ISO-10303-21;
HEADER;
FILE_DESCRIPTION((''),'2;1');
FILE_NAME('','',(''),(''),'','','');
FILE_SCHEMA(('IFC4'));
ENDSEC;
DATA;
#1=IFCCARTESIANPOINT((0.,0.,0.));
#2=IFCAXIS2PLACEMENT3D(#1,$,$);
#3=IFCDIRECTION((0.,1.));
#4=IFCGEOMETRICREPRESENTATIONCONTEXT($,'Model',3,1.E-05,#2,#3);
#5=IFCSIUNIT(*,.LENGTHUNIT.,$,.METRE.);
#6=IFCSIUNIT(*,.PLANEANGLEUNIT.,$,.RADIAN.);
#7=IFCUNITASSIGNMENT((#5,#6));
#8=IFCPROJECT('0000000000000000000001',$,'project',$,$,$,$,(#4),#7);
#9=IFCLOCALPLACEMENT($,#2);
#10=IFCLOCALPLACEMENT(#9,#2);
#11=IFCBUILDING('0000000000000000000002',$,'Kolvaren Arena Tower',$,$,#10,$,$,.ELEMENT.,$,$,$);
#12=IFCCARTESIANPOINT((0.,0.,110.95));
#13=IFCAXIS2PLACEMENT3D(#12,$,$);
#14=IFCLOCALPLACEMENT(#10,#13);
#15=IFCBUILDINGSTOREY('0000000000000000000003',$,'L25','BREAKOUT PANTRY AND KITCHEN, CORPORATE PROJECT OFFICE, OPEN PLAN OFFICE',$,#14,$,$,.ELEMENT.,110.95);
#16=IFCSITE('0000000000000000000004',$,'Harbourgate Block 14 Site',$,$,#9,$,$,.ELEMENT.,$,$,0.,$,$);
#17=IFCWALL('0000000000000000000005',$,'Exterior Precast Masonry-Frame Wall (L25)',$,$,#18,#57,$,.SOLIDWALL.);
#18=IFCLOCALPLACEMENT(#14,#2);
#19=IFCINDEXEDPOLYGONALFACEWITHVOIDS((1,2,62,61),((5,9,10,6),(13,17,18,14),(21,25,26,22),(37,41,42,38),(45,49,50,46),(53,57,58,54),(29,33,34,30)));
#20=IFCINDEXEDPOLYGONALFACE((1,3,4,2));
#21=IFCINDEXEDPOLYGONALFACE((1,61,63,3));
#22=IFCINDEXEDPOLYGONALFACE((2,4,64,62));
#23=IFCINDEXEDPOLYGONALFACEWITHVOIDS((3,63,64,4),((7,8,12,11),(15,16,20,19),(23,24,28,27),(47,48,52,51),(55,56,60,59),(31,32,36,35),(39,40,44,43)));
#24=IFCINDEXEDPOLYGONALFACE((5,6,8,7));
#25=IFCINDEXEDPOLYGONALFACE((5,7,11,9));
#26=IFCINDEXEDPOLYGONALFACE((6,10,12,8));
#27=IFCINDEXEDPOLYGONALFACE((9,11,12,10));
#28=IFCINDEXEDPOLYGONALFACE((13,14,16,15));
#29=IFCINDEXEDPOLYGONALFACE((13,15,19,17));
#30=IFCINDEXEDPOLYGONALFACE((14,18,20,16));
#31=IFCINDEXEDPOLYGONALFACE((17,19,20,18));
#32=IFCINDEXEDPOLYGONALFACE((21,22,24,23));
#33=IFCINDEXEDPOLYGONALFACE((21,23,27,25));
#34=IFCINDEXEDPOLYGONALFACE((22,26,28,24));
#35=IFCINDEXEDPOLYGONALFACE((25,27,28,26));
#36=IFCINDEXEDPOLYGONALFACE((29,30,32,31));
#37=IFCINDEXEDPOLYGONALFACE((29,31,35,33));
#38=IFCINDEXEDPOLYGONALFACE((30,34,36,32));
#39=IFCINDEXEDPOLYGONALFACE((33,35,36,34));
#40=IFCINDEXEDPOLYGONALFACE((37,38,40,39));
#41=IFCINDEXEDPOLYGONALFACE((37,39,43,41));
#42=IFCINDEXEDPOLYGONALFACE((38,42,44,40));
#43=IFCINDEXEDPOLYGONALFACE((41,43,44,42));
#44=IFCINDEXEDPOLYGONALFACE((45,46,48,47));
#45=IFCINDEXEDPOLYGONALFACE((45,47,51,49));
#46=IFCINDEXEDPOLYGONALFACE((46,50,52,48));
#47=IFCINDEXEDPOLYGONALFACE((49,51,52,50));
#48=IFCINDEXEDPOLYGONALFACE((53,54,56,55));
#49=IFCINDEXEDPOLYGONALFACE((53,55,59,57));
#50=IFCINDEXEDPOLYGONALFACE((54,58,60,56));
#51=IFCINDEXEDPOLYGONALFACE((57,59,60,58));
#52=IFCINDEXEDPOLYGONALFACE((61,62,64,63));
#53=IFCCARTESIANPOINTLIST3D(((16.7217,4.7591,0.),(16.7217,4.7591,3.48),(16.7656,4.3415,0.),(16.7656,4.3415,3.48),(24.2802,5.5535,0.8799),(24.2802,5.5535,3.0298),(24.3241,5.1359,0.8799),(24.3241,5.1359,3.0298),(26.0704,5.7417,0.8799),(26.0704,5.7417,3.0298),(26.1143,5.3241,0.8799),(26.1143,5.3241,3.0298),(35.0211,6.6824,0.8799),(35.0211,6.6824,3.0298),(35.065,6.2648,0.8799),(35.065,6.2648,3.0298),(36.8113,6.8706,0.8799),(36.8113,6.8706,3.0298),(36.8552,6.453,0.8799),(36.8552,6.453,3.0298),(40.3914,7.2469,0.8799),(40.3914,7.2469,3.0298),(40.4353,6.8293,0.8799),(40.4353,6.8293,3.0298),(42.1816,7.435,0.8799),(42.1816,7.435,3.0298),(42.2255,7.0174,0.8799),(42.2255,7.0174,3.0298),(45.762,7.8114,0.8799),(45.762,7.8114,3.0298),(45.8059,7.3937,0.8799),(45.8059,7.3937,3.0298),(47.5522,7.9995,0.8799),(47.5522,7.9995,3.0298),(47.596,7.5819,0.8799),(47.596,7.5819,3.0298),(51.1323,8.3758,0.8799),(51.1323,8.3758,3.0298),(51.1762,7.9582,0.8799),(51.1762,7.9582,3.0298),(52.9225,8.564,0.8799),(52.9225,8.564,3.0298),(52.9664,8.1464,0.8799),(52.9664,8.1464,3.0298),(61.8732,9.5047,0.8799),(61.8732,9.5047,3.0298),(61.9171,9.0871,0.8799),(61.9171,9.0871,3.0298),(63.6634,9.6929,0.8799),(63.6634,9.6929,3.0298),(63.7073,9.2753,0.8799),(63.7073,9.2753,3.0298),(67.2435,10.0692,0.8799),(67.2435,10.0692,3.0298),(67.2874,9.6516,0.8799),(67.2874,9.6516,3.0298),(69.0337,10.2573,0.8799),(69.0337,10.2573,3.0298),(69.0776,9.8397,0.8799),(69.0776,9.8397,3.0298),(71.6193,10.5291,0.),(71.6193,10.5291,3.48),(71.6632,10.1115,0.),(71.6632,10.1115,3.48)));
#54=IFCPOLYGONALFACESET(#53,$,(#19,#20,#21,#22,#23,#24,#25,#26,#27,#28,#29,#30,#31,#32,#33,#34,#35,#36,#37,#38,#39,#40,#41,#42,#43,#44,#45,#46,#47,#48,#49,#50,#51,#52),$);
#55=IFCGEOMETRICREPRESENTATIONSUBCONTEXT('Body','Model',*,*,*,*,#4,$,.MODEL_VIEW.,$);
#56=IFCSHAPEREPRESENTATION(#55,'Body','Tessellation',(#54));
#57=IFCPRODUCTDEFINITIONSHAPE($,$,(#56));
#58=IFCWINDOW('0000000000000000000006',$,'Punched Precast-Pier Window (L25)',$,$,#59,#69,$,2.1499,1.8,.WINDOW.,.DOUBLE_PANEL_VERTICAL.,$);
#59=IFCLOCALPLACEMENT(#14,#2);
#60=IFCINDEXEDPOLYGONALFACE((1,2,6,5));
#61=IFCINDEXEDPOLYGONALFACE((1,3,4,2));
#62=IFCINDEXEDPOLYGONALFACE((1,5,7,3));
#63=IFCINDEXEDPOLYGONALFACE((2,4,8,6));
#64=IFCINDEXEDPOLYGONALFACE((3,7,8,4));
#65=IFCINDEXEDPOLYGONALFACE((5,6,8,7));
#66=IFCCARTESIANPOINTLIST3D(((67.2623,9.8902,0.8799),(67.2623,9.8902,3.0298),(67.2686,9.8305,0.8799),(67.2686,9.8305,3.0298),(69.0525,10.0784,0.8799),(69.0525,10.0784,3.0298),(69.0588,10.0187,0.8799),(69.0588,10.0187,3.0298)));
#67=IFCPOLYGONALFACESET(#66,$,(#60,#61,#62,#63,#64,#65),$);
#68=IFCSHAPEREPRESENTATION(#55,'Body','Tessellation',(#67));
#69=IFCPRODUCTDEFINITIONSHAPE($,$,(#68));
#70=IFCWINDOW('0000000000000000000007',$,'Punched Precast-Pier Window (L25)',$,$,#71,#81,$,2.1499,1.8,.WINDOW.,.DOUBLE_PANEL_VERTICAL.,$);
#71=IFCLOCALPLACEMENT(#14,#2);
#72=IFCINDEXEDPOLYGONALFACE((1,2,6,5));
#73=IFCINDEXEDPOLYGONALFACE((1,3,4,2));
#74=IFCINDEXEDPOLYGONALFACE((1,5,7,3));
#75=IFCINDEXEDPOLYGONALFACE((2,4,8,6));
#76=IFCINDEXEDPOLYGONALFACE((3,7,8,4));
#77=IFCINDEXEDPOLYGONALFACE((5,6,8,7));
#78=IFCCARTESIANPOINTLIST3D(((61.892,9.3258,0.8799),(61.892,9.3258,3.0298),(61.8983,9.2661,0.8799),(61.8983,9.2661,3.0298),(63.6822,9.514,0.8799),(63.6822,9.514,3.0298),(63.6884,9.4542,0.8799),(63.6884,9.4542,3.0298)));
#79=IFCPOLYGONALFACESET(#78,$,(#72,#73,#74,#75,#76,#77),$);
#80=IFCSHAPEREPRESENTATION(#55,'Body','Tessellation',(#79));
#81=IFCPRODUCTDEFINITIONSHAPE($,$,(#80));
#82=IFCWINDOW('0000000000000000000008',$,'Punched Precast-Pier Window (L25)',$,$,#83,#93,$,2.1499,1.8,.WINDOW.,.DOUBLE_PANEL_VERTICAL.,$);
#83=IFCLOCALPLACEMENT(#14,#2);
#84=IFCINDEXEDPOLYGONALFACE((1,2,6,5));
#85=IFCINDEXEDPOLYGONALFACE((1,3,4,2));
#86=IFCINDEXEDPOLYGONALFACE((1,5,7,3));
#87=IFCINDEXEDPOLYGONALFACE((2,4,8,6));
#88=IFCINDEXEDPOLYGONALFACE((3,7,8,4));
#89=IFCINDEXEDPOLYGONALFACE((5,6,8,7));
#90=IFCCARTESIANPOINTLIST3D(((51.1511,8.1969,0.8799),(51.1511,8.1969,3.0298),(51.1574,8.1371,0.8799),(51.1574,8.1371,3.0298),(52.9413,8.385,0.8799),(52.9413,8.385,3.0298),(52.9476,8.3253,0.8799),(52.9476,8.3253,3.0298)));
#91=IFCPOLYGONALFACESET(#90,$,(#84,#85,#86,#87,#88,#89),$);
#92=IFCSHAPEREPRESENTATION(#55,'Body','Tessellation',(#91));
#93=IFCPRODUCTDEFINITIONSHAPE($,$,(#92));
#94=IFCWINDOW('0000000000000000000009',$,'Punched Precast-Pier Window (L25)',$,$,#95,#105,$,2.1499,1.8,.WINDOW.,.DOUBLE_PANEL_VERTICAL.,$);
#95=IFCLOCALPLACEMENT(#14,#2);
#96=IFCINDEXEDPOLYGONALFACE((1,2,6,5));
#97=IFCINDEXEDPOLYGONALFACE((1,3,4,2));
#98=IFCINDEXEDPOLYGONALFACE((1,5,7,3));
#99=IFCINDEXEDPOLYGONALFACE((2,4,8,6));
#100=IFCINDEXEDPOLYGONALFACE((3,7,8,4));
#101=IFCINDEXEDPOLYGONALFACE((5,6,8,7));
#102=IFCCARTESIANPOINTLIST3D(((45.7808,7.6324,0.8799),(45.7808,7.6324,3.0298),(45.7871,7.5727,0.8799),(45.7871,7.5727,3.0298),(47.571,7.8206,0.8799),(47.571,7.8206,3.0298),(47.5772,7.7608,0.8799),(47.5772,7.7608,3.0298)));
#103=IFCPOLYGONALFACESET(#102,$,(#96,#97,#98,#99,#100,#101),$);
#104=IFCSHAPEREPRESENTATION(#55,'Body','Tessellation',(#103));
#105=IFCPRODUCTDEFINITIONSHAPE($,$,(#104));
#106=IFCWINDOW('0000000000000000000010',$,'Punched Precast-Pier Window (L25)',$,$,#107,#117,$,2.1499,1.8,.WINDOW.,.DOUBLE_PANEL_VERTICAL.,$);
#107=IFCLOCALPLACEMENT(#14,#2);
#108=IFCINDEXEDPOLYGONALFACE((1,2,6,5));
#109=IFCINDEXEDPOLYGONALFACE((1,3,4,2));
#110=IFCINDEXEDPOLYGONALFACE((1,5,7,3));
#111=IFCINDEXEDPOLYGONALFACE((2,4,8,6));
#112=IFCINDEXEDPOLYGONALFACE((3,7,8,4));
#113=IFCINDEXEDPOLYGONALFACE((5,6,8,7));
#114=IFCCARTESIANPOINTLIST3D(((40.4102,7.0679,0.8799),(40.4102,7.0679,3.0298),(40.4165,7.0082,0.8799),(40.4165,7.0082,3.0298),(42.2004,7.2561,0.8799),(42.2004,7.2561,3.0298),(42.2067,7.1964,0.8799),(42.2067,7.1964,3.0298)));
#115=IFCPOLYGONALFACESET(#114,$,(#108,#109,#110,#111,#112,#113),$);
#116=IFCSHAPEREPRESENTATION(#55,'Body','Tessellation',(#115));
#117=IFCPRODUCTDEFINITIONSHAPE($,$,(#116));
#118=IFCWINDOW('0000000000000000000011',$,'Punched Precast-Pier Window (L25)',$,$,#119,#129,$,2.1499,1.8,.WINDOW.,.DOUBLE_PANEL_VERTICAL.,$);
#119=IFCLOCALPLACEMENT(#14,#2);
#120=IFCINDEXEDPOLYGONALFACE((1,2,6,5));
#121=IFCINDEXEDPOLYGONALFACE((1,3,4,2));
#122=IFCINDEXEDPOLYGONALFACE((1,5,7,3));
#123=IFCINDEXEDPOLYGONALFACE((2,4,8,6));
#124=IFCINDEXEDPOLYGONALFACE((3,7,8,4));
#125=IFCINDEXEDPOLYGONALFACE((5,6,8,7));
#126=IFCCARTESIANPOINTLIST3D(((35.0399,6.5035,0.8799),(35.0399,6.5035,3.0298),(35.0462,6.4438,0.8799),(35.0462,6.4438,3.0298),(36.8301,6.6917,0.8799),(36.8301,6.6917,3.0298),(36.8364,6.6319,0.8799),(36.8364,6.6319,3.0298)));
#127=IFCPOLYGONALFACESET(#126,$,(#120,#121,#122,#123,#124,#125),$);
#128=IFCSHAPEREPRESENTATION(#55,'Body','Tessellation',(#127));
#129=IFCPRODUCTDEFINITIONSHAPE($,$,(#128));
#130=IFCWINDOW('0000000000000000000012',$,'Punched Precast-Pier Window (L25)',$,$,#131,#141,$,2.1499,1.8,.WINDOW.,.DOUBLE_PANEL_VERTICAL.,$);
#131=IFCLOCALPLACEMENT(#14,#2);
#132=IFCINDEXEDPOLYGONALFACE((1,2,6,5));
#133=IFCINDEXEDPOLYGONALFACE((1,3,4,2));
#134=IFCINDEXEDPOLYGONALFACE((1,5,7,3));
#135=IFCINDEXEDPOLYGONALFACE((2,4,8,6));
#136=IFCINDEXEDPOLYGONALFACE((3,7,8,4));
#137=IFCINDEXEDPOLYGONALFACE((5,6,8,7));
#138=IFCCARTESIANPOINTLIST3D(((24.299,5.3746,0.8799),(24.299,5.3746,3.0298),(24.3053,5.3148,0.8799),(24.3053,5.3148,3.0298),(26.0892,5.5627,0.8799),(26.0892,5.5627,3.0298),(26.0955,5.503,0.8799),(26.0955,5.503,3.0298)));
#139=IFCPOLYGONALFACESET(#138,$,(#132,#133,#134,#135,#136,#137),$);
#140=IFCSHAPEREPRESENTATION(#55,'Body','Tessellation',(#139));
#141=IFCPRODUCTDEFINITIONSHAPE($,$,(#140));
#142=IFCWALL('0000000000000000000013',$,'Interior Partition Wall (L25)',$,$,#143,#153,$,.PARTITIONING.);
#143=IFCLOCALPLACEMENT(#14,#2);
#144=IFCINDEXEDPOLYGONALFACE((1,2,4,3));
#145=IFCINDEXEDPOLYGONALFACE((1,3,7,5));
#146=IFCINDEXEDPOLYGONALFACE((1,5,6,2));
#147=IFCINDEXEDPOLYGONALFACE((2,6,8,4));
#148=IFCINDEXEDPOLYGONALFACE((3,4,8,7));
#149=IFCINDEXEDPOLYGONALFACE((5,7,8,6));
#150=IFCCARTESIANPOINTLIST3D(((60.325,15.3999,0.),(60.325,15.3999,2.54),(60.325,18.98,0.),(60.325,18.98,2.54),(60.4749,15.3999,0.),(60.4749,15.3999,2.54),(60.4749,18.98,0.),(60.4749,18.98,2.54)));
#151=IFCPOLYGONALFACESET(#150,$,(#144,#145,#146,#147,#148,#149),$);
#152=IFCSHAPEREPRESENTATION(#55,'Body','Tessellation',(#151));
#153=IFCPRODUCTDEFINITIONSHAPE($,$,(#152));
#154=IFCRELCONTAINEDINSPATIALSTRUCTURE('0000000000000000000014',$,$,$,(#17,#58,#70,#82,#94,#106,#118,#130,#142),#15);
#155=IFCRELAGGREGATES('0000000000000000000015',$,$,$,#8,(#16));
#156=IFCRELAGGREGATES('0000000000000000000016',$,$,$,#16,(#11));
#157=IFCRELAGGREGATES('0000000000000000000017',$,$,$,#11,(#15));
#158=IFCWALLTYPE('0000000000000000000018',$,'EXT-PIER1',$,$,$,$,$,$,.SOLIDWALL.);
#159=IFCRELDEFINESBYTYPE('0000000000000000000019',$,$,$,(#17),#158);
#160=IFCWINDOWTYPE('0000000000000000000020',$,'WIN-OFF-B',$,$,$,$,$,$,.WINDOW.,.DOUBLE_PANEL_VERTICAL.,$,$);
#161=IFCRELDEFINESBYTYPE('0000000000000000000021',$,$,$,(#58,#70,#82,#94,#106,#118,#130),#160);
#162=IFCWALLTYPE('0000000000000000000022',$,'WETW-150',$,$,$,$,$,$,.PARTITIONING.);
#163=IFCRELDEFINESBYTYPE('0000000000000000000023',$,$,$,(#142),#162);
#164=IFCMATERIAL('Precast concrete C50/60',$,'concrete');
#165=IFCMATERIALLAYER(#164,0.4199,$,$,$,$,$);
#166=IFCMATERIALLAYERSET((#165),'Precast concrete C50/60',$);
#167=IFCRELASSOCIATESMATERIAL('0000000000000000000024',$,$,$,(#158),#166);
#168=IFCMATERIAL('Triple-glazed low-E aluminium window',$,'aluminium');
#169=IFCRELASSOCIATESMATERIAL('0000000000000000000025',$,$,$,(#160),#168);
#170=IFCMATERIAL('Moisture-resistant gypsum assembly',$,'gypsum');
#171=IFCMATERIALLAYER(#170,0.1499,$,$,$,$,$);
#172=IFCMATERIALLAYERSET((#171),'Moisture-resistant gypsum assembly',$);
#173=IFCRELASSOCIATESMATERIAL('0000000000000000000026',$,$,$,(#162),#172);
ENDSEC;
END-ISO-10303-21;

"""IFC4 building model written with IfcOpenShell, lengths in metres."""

from ifc_helpers import new_model, si_unit, direction, frame, frame_2d, origin, place, context, subcontext, project, spatial, rectangle, extrude, material, layer, layer_set, type_object, element, fill, save


model = new_model("IFC4")

# Units and contexts
model_context = context("Model", 3, precision=1e-05, world=origin(), true_north=direction((0.0, 1.0)))
body_context = subcontext(model_context, "Body", "Model", "MODEL_VIEW")
ifc_project = project(units=[si_unit("LENGTHUNIT", "METRE"), si_unit("PLANEANGLEUNIT", "RADIAN")], contexts=[model_context])

# Site, building, storey
site_placement = place(None, origin())
site = spatial("IfcSite", under=ifc_project, at=site_placement, Name="Harbourgate Block 14 Site", CompositionType="ELEMENT", RefElevation=0.0)
building_placement = place(site_placement, origin())
building = spatial("IfcBuilding", under=site, at=building_placement, Name="Kolvaren Arena Tower", CompositionType="ELEMENT")
storey_placement = place(building_placement, frame((0.0, 0.0, 110.95)))
storey = spatial("IfcBuildingStorey", under=building, at=storey_placement, Name="L25", Description="BREAKOUT PANTRY AND KITCHEN, CORPORATE PROJECT OFFICE, OPEN PLAN OFFICE", CompositionType="ELEMENT", Elevation=110.95)

# Shared definitions
ifc_material_1 = material(Name="Precast concrete C50/60", Category="concrete")
ifc_layer_1 = layer(ifc_material_1, 0.4199)
ifc_layer_set_1 = layer_set([ifc_layer_1], Name="Precast concrete C50/60")
wall_type_1 = type_object("IfcWallType", Name="EXT-PIER1", PredefinedType="SOLIDWALL", material=ifc_layer_set_1)

# Wall, openings, windows
wall_1_placement = place(storey_placement, frame((71.6414, 10.3203, 0.0), z_axis=(0.0, 0.0, 1.0), x_axis=(-0.994522, -0.10453, 0.0)))
wall_1 = element("IfcWall", 1, at=wall_1_placement, inside=storey, type_object=wall_type_1, Name="Exterior Precast Masonry-Frame Wall (L25)", PredefinedType="SOLIDWALL", context=body_context, shape_type="SweptSolid", body=[
    extrude(rectangle(XDim=55.2, YDim=0.4199, at=frame_2d((27.6001, 0.0))), origin(), (0.0, 0.0, 1.0), 3.48),
])
opening_1_placement = place(wall_1_placement, frame((2.6001, 0.0, 0.8799)))
opening_1 = element("IfcOpeningElement", 2, at=opening_1_placement, cuts=wall_1, PredefinedType="OPENING", context=body_context, shape_type="SweptSolid", body=[
    extrude(rectangle(XDim=1.8, YDim=2.1499, at=frame_2d((0.8999, 1.075))), frame((0.0, 0.22, 0.0), z_axis=(0.0, -1.0, 0.0), x_axis=(1.0, 0.0, 0.0)), (0.0, 0.0, 1.0), 0.4399),
])
opening_2_placement = place(wall_1_placement, frame((8.0, 0.0, 0.8799)))
opening_2 = element("IfcOpeningElement", 3, at=opening_2_placement, cuts=wall_1, PredefinedType="OPENING", context=body_context, shape_type="SweptSolid", body=[
    extrude(rectangle(XDim=1.8, YDim=2.1499, at=frame_2d((0.8999, 1.075))), frame((0.0, 0.22, 0.0), z_axis=(0.0, -1.0, 0.0), x_axis=(1.0, 0.0, 0.0)), (0.0, 0.0, 1.0), 0.4399),
])
opening_3_placement = place(wall_1_placement, frame((18.8, 0.0, 0.8799)))
opening_3 = element("IfcOpeningElement", 4, at=opening_3_placement, cuts=wall_1, PredefinedType="OPENING", context=body_context, shape_type="SweptSolid", body=[
    extrude(rectangle(XDim=1.8, YDim=2.1499, at=frame_2d((0.8999, 1.075))), frame((0.0, 0.22, 0.0), z_axis=(0.0, -1.0, 0.0), x_axis=(1.0, 0.0, 0.0)), (0.0, 0.0, 1.0), 0.4399),
])
opening_4_placement = place(wall_1_placement, frame((24.2, 0.0, 0.8799)))
opening_4 = element("IfcOpeningElement", 5, at=opening_4_placement, cuts=wall_1, PredefinedType="OPENING", context=body_context, shape_type="SweptSolid", body=[
    extrude(rectangle(XDim=1.8, YDim=2.1499, at=frame_2d((0.8999, 1.075))), frame((0.0, 0.22, 0.0), z_axis=(0.0, -1.0, 0.0), x_axis=(1.0, 0.0, 0.0)), (0.0, 0.0, 1.0), 0.4399),
])
opening_5_placement = place(wall_1_placement, frame((29.6001, 0.0, 0.8799)))
opening_5 = element("IfcOpeningElement", 6, at=opening_5_placement, cuts=wall_1, PredefinedType="OPENING", context=body_context, shape_type="SweptSolid", body=[
    extrude(rectangle(XDim=1.8, YDim=2.1499, at=frame_2d((0.8999, 1.075))), frame((0.0, 0.22, 0.0), z_axis=(0.0, -1.0, 0.0), x_axis=(1.0, 0.0, 0.0)), (0.0, 0.0, 1.0), 0.4399),
])
opening_6_placement = place(wall_1_placement, frame((35.0, 0.0, 0.8799)))
opening_6 = element("IfcOpeningElement", 7, at=opening_6_placement, cuts=wall_1, PredefinedType="OPENING", context=body_context, shape_type="SweptSolid", body=[
    extrude(rectangle(XDim=1.8, YDim=2.1499, at=frame_2d((0.8999, 1.075))), frame((0.0, 0.22, 0.0), z_axis=(0.0, -1.0, 0.0), x_axis=(1.0, 0.0, 0.0)), (0.0, 0.0, 1.0), 0.4399),
])
opening_7_placement = place(wall_1_placement, frame((45.8, 0.0, 0.8799)))
opening_7 = element("IfcOpeningElement", 8, at=opening_7_placement, cuts=wall_1, PredefinedType="OPENING", context=body_context, shape_type="SweptSolid", body=[
    extrude(rectangle(XDim=1.8, YDim=2.1499, at=frame_2d((0.8999, 1.075))), frame((0.0, 0.22, 0.0), z_axis=(0.0, -1.0, 0.0), x_axis=(1.0, 0.0, 0.0)), (0.0, 0.0, 1.0), 0.4399),
])
ifc_material_2 = material(Name="Triple-glazed low-E aluminium window", Category="aluminium")
window_type = type_object("IfcWindowType", Name="WIN-OFF-B", PartitioningType="DOUBLE_PANEL_VERTICAL", PredefinedType="WINDOW", material=ifc_material_2)
window_1_placement = place(opening_1_placement, origin())
window_1 = element("IfcWindow", 9, at=window_1_placement, inside=storey, type_object=window_type, Name="Punched Precast-Pier Window (L25)", OverallHeight=2.1499, OverallWidth=1.8, PartitioningType="DOUBLE_PANEL_VERTICAL", PredefinedType="WINDOW", context=body_context, shape_type="SweptSolid", body=[
    extrude(rectangle(XDim=1.8, YDim=2.1499, at=frame_2d((0.8999, 1.075))), frame((0.0, 0.03, 0.0), z_axis=(0.0, -1.0, 0.0), x_axis=(1.0, 0.0, 0.0)), (0.0, 0.0, 1.0), 0.0601),
])
fill(opening_1, window_1)
window_2_placement = place(opening_2_placement, origin())
window_2 = element("IfcWindow", 10, at=window_2_placement, inside=storey, type_object=window_type, Name="Punched Precast-Pier Window (L25)", OverallHeight=2.1499, OverallWidth=1.8, PartitioningType="DOUBLE_PANEL_VERTICAL", PredefinedType="WINDOW", context=body_context, shape_type="SweptSolid", body=[
    extrude(rectangle(XDim=1.8, YDim=2.1499, at=frame_2d((0.8999, 1.075))), frame((0.0, 0.03, 0.0), z_axis=(0.0, -1.0, 0.0), x_axis=(1.0, 0.0, 0.0)), (0.0, 0.0, 1.0), 0.0601),
])
fill(opening_2, window_2)
window_3_placement = place(opening_3_placement, origin())
window_3 = element("IfcWindow", 11, at=window_3_placement, inside=storey, type_object=window_type, Name="Punched Precast-Pier Window (L25)", OverallHeight=2.1499, OverallWidth=1.8, PartitioningType="DOUBLE_PANEL_VERTICAL", PredefinedType="WINDOW", context=body_context, shape_type="SweptSolid", body=[
    extrude(rectangle(XDim=1.8, YDim=2.1499, at=frame_2d((0.8999, 1.075))), frame((0.0, 0.03, 0.0), z_axis=(0.0, -1.0, 0.0), x_axis=(1.0, 0.0, 0.0)), (0.0, 0.0, 1.0), 0.0601),
])
fill(opening_3, window_3)
window_4_placement = place(opening_4_placement, origin())
window_4 = element("IfcWindow", 12, at=window_4_placement, inside=storey, type_object=window_type, Name="Punched Precast-Pier Window (L25)", OverallHeight=2.1499, OverallWidth=1.8, PartitioningType="DOUBLE_PANEL_VERTICAL", PredefinedType="WINDOW", context=body_context, shape_type="SweptSolid", body=[
    extrude(rectangle(XDim=1.8, YDim=2.1499, at=frame_2d((0.8999, 1.075))), frame((0.0, 0.03, 0.0), z_axis=(0.0, -1.0, 0.0), x_axis=(1.0, 0.0, 0.0)), (0.0, 0.0, 1.0), 0.0601),
])
fill(opening_4, window_4)
window_5_placement = place(opening_5_placement, origin())
window_5 = element("IfcWindow", 13, at=window_5_placement, inside=storey, type_object=window_type, Name="Punched Precast-Pier Window (L25)", OverallHeight=2.1499, OverallWidth=1.8, PartitioningType="DOUBLE_PANEL_VERTICAL", PredefinedType="WINDOW", context=body_context, shape_type="SweptSolid", body=[
    extrude(rectangle(XDim=1.8, YDim=2.1499, at=frame_2d((0.8999, 1.075))), frame((0.0, 0.03, 0.0), z_axis=(0.0, -1.0, 0.0), x_axis=(1.0, 0.0, 0.0)), (0.0, 0.0, 1.0), 0.0601),
])
fill(opening_5, window_5)
window_6_placement = place(opening_6_placement, origin())
window_6 = element("IfcWindow", 14, at=window_6_placement, inside=storey, type_object=window_type, Name="Punched Precast-Pier Window (L25)", OverallHeight=2.1499, OverallWidth=1.8, PartitioningType="DOUBLE_PANEL_VERTICAL", PredefinedType="WINDOW", context=body_context, shape_type="SweptSolid", body=[
    extrude(rectangle(XDim=1.8, YDim=2.1499, at=frame_2d((0.8999, 1.075))), frame((0.0, 0.03, 0.0), z_axis=(0.0, -1.0, 0.0), x_axis=(1.0, 0.0, 0.0)), (0.0, 0.0, 1.0), 0.0601),
])
fill(opening_6, window_6)
window_7_placement = place(opening_7_placement, origin())
window_7 = element("IfcWindow", 15, at=window_7_placement, inside=storey, type_object=window_type, Name="Punched Precast-Pier Window (L25)", OverallHeight=2.1499, OverallWidth=1.8, PartitioningType="DOUBLE_PANEL_VERTICAL", PredefinedType="WINDOW", context=body_context, shape_type="SweptSolid", body=[
    extrude(rectangle(XDim=1.8, YDim=2.1499, at=frame_2d((0.8999, 1.075))), frame((0.0, 0.03, 0.0), z_axis=(0.0, -1.0, 0.0), x_axis=(1.0, 0.0, 0.0)), (0.0, 0.0, 1.0), 0.0601),
])
fill(opening_7, window_7)

# Wall
ifc_material_3 = material(Name="Moisture-resistant gypsum assembly", Category="gypsum")
ifc_layer_2 = layer(ifc_material_3, 0.1499)
ifc_layer_set_2 = layer_set([ifc_layer_2], Name="Moisture-resistant gypsum assembly")
wall_type_2 = type_object("IfcWallType", Name="WETW-150", PredefinedType="PARTITIONING", material=ifc_layer_set_2)
wall_2_placement = place(storey_placement, frame((60.3999, 15.3999, 0.0), z_axis=(0.0, 0.0, 1.0), x_axis=(0.0, 1.0, 0.0)))
element("IfcWall", 16, at=wall_2_placement, inside=storey, type_object=wall_type_2, Name="Interior Partition Wall (L25)", PredefinedType="PARTITIONING", context=body_context, shape_type="SweptSolid", body=[
    extrude(rectangle(XDim=3.5801, YDim=0.1499, at=frame_2d((1.79, 0.0))), origin(), (0.0, 0.0, 1.0), 2.54),
])

save(model, "model.ifc")
